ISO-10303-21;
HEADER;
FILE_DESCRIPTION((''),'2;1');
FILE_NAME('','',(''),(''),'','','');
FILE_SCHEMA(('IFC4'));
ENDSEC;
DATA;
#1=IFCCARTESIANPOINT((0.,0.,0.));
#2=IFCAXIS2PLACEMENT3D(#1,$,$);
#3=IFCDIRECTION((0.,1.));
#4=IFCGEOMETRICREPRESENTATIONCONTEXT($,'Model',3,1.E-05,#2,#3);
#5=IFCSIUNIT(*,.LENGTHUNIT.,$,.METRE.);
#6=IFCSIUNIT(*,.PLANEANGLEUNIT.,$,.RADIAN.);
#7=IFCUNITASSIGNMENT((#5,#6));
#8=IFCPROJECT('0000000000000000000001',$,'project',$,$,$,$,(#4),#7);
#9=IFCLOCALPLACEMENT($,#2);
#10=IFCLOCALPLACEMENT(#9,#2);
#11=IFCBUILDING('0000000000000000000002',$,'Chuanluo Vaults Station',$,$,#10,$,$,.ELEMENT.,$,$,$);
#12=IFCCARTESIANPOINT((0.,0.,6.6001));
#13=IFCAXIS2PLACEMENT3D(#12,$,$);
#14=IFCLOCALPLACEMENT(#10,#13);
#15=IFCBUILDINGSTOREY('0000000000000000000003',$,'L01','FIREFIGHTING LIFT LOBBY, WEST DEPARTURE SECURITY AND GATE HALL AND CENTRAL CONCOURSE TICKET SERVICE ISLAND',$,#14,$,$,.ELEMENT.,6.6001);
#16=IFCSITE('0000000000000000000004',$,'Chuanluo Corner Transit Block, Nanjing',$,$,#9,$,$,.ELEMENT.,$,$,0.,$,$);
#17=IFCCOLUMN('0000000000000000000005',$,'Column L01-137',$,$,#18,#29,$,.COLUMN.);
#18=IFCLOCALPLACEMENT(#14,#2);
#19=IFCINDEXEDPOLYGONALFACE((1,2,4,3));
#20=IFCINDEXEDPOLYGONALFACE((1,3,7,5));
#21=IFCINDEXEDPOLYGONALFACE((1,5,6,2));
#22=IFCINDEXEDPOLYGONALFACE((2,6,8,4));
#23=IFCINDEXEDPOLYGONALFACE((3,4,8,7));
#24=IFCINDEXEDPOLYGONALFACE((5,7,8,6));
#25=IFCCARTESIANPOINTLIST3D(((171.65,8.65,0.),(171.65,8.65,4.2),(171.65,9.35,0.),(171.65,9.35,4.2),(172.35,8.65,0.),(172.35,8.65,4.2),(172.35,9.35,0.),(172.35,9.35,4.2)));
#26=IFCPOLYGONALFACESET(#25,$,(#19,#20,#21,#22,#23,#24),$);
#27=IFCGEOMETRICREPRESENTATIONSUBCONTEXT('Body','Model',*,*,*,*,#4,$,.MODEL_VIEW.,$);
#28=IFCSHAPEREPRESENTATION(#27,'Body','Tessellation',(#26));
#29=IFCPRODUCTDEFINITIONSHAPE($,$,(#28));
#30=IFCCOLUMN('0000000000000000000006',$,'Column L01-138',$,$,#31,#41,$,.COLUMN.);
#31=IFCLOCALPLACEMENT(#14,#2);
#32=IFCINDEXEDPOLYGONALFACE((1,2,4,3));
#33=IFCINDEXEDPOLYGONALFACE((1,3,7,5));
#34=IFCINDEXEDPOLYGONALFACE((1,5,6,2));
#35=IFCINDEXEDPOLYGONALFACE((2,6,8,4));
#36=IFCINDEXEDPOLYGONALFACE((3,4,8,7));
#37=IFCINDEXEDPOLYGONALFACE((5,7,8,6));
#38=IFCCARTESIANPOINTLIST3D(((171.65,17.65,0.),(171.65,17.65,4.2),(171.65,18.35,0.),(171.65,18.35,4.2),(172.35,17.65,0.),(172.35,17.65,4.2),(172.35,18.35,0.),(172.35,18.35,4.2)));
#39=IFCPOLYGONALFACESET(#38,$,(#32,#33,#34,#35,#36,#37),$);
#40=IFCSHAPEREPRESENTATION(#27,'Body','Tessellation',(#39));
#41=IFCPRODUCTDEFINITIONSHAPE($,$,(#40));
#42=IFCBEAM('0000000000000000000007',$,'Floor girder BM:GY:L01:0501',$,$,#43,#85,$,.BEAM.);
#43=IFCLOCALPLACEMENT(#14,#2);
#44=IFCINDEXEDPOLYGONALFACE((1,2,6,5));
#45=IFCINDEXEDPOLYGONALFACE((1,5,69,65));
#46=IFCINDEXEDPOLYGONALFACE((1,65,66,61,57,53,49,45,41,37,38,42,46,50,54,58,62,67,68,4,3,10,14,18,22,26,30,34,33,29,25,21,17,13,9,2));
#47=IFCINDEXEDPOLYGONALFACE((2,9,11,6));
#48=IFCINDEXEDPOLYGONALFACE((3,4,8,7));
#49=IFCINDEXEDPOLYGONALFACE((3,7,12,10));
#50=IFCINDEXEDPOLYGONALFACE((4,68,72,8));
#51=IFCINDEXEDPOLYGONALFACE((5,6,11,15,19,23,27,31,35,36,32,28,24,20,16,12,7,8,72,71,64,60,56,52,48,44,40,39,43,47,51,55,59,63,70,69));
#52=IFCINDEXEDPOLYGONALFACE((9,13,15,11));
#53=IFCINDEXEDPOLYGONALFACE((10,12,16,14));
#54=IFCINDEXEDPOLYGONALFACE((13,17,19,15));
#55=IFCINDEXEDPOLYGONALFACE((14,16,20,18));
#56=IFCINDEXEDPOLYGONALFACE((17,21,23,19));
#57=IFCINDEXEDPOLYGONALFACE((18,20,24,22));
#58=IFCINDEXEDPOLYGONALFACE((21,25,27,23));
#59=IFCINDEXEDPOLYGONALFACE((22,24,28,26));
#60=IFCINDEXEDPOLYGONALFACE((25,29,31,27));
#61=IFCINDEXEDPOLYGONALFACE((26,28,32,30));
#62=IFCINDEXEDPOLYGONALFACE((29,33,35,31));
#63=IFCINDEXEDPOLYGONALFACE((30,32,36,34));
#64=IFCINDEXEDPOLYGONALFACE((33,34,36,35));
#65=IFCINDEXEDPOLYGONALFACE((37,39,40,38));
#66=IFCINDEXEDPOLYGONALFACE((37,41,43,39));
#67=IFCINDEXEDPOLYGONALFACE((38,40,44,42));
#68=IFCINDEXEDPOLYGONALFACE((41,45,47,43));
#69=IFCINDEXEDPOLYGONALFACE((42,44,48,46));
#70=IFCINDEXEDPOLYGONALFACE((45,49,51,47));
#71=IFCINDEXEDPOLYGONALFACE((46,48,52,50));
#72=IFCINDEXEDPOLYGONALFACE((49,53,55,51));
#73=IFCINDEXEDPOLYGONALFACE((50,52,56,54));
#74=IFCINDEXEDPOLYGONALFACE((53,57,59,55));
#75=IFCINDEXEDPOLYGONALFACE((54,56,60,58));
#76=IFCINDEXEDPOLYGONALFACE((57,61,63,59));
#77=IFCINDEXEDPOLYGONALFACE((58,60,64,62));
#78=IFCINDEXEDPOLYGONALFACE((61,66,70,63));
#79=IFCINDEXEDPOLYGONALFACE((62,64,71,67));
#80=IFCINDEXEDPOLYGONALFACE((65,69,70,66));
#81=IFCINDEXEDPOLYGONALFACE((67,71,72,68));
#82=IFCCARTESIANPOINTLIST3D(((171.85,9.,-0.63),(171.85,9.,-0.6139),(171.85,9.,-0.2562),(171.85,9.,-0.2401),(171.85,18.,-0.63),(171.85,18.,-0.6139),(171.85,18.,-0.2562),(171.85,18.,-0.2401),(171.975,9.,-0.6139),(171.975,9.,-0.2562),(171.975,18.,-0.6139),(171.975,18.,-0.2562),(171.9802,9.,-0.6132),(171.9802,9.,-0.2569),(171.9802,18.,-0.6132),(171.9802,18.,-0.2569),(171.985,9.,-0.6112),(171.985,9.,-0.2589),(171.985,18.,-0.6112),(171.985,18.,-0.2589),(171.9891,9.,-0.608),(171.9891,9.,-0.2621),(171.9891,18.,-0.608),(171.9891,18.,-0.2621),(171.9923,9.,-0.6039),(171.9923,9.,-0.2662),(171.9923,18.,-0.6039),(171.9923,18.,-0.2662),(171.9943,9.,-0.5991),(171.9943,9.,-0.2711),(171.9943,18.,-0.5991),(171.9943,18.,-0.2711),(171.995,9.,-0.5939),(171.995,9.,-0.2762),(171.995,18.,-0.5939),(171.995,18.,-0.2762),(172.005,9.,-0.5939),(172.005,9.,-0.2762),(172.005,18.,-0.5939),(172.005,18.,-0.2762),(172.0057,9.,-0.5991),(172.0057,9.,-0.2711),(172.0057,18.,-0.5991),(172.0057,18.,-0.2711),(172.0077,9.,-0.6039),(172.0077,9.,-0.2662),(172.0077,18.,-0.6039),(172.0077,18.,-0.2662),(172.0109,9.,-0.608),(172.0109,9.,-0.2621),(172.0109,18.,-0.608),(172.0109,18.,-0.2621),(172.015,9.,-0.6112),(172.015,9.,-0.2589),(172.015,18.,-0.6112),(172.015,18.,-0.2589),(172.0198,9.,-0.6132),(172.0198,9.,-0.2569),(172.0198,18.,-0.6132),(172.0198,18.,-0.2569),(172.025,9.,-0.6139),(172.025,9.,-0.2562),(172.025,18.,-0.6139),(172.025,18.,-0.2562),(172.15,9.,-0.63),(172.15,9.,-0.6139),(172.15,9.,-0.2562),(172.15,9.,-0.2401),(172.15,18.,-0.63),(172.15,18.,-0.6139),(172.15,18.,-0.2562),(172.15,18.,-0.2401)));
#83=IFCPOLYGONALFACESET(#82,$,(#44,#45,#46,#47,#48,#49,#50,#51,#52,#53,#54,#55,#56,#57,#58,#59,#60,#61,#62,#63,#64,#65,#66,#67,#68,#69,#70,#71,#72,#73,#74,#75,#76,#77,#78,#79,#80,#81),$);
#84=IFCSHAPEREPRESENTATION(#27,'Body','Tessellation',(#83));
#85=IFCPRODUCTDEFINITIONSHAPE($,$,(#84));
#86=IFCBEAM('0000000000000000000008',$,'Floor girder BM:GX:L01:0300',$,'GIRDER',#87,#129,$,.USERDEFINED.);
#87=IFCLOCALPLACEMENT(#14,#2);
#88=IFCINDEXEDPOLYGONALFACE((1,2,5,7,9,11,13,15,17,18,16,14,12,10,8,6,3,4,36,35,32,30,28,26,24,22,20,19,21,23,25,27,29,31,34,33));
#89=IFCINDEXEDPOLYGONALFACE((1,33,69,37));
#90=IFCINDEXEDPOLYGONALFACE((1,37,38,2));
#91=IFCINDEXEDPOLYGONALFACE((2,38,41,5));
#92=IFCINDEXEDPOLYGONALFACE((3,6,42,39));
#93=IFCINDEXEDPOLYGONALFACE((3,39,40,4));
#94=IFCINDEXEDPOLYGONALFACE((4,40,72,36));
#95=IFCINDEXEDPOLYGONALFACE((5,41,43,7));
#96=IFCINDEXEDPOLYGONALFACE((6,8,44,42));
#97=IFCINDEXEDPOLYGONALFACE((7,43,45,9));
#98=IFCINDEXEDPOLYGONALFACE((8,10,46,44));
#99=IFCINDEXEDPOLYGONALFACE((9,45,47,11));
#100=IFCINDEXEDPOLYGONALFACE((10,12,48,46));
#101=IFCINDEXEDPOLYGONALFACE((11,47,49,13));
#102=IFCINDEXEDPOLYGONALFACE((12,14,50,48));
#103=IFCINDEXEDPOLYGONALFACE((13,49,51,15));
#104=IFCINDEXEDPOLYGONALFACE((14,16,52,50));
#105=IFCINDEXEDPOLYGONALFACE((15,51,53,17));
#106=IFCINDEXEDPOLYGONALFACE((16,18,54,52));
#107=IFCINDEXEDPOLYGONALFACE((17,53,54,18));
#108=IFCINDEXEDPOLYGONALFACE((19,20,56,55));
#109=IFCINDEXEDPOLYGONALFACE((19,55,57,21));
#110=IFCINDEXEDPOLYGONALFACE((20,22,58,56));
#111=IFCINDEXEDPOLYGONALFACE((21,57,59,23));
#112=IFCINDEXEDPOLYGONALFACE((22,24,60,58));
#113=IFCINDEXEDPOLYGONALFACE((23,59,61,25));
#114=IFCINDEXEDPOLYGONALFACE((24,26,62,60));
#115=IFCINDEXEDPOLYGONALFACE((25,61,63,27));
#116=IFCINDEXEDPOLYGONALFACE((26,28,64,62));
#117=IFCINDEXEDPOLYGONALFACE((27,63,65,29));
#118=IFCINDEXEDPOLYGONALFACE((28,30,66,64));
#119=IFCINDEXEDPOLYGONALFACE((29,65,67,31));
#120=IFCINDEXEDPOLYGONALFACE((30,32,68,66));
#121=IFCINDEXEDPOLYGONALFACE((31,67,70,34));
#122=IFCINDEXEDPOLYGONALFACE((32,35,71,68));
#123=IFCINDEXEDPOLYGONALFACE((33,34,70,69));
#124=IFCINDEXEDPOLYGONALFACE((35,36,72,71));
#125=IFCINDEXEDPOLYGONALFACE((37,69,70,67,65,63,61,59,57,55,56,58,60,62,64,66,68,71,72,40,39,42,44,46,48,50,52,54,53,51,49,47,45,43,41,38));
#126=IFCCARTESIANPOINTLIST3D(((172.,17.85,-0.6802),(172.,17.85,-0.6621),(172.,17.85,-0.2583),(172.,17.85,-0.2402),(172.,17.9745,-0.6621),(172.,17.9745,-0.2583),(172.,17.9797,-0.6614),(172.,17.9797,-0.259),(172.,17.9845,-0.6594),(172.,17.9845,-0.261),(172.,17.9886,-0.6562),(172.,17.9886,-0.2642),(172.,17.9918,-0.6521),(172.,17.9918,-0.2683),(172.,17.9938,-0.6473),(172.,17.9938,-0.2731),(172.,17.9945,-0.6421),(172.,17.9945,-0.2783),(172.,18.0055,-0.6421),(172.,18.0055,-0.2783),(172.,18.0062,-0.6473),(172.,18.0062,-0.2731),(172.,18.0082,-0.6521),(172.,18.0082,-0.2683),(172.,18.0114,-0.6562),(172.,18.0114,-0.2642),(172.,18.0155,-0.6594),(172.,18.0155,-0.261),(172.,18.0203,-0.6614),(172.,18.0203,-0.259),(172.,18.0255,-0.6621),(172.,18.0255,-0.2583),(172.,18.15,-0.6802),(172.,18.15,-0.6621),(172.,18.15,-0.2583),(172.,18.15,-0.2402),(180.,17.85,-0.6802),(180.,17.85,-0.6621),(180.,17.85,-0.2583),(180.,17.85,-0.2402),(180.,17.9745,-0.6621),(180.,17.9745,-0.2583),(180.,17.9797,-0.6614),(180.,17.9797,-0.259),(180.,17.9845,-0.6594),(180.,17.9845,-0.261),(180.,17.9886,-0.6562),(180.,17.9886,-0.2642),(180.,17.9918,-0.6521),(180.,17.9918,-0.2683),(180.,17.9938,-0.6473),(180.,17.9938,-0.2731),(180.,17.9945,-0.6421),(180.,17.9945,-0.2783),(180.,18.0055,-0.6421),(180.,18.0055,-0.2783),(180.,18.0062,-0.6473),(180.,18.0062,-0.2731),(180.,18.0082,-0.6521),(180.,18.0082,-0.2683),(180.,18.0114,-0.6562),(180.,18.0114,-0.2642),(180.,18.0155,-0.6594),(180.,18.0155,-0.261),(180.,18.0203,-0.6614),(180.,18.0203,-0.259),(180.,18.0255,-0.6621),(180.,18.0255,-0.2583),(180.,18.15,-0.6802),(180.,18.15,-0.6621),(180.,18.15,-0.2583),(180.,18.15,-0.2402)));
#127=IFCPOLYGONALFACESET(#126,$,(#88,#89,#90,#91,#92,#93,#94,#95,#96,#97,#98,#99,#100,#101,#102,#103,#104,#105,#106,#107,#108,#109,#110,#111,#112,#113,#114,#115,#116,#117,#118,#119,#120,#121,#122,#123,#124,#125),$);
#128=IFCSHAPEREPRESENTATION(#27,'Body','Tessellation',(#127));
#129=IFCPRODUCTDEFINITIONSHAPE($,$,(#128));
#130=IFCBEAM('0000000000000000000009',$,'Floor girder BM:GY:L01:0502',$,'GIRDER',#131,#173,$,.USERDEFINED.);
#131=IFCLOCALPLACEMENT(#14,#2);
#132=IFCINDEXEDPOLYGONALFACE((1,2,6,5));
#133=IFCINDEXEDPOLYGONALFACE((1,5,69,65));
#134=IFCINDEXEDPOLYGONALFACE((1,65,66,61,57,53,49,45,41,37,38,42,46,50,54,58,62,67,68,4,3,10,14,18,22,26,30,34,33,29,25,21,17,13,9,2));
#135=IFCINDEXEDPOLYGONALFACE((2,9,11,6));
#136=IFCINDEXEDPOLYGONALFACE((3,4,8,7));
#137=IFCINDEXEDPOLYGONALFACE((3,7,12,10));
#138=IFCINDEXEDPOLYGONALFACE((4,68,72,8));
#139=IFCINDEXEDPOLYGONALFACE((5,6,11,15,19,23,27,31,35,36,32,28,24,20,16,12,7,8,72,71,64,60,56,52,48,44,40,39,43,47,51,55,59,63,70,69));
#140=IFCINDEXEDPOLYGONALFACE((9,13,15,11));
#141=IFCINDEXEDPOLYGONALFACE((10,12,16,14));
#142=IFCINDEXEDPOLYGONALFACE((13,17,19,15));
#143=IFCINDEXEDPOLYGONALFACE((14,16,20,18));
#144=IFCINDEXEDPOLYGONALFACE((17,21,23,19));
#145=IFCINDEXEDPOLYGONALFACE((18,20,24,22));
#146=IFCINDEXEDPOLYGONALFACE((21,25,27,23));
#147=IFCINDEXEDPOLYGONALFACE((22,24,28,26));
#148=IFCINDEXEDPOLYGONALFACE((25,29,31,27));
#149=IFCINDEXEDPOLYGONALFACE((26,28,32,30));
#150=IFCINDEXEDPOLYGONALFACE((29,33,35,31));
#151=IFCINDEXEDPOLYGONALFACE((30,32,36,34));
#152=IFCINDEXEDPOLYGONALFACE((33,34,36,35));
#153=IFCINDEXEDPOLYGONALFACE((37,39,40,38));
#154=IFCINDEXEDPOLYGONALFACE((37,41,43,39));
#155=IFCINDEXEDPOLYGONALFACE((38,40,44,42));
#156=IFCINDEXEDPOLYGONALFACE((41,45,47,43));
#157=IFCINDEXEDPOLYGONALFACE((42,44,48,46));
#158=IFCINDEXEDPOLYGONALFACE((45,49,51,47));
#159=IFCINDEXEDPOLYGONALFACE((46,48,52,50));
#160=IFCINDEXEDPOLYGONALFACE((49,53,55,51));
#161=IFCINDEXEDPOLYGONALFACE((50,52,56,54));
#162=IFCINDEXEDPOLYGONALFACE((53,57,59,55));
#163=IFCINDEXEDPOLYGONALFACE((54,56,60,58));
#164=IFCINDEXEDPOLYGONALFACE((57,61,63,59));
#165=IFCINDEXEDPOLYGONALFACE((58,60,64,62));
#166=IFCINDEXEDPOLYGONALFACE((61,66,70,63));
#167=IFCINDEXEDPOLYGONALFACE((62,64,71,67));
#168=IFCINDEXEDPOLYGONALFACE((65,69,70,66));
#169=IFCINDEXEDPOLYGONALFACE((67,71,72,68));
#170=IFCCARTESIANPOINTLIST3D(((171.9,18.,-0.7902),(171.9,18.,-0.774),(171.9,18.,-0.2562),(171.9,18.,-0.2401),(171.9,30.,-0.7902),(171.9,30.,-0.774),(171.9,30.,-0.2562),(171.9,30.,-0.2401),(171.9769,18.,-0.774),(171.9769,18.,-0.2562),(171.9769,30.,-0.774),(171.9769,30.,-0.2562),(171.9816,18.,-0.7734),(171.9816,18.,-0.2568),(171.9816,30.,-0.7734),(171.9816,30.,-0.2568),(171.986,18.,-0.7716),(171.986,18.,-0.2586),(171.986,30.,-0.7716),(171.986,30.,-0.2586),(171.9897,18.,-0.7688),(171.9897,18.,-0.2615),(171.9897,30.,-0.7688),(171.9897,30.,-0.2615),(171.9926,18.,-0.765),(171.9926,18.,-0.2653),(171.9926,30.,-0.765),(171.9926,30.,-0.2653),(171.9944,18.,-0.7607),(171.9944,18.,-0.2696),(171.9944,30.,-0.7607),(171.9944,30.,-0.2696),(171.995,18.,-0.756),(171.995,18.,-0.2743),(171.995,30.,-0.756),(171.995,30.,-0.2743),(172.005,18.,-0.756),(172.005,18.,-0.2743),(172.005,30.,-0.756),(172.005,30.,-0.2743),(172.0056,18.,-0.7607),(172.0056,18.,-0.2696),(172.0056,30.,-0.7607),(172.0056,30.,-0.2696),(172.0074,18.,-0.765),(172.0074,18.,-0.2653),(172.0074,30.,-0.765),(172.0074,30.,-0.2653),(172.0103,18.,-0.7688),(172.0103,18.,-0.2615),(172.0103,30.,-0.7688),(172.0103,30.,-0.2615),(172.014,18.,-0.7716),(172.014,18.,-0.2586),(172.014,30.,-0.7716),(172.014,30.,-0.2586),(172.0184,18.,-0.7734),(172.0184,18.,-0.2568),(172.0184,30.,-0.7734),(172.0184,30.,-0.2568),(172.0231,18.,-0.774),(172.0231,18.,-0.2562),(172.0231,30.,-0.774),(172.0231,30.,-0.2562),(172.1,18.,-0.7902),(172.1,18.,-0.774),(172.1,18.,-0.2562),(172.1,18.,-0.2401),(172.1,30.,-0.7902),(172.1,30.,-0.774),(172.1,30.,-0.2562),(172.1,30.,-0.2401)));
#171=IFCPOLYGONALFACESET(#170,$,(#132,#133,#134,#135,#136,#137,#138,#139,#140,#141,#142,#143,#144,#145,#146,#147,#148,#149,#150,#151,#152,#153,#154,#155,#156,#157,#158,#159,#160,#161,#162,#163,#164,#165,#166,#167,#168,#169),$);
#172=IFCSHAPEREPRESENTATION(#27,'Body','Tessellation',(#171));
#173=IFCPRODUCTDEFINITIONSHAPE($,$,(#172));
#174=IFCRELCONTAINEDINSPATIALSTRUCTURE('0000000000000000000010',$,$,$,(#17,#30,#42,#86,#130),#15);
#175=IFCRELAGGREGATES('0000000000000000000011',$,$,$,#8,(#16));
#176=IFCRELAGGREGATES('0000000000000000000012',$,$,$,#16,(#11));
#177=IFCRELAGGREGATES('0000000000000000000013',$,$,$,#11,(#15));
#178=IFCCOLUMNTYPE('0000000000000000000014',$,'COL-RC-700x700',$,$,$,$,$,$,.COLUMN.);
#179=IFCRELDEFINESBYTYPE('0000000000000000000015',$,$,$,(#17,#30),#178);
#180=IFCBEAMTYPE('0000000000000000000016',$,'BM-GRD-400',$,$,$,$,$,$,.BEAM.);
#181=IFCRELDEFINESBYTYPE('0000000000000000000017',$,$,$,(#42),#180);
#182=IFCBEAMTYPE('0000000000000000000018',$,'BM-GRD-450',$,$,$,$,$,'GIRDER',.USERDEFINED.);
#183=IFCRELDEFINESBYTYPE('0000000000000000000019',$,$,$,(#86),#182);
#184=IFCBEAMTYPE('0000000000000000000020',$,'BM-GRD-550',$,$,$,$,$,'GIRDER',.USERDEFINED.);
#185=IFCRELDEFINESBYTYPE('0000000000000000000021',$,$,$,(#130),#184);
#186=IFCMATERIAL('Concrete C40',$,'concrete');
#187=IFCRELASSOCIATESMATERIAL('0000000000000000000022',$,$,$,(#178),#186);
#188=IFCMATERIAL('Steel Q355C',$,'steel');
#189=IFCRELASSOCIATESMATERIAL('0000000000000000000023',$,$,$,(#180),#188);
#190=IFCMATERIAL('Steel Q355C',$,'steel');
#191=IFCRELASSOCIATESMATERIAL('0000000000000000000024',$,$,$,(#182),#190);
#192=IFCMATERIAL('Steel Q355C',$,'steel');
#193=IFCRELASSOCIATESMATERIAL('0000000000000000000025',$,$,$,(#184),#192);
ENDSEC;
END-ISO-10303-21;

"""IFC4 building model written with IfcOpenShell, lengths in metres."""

from ifc_helpers import new_model, si_unit, direction, frame, origin, origin_2d, place, context, subcontext, project, spatial, rectangle, i_section, extrude, material, material_profile, profile_set, type_object, element, save


model = new_model("IFC4")

# Units and contexts
model_context = context("Model", 3, precision=1e-05, world=origin(), true_north=direction((0.0, 1.0)))
body_context = subcontext(model_context, "Body", "Model", "MODEL_VIEW")
ifc_project = project(units=[si_unit("LENGTHUNIT", "METRE"), si_unit("PLANEANGLEUNIT", "RADIAN")], contexts=[model_context])

# Site, building, storey
site_placement = place(None, origin())
site = spatial("IfcSite", under=ifc_project, at=site_placement, Name="Chuanluo Corner Transit Block, Nanjing", CompositionType="ELEMENT", RefElevation=0.0)
building_placement = place(site_placement, origin())
building = spatial("IfcBuilding", under=site, at=building_placement, Name="Chuanluo Vaults Station", CompositionType="ELEMENT")
storey_placement = place(building_placement, frame((0.0, 0.0, 6.6001)))
storey = spatial("IfcBuildingStorey", under=building, at=storey_placement, Name="L01", Description="FIREFIGHTING LIFT LOBBY, WEST DEPARTURE SECURITY AND GATE HALL AND CENTRAL CONCOURSE TICKET SERVICE ISLAND", CompositionType="ELEMENT", Elevation=6.6001)

# Columns
ifc_material_1 = material(Name="Concrete C40", Category="concrete")
ifc_material_profile_1 = material_profile(ifc_material_1, rectangle(XDim=0.7, YDim=0.7, at=origin_2d()))
ifc_profile_set_1 = profile_set([ifc_material_profile_1], Name="Concrete C40")
column_type = type_object("IfcColumnType", Name="COL-RC-700x700", PredefinedType="COLUMN", material=ifc_profile_set_1)
for number, where, z_axis, x_axis, name in (
    (1, (172.0, 9.0, 0.0), (0.0, 0.0, 1.0), (1.0, 0.0, 0.0), "Column L01-137"),
    (2, (172.0, 18.0, 0.0), (0.0, 0.0, 1.0), (1.0, 0.0, 0.0), "Column L01-138"),
):
    element("IfcColumn", number, at=place(storey_placement, frame(where, z_axis=z_axis, x_axis=x_axis)), inside=storey, type_object=column_type, Name=name, PredefinedType="COLUMN", context=body_context, shape_type="SweptSolid", body=[
        extrude(rectangle(XDim=0.7, YDim=0.7, at=origin_2d()), origin(), (0.0, 0.0, 1.0), 4.2),
    ])

# Beams
ifc_material_2 = material(Name="Steel Q355C", Category="steel")
ifc_material_profile_2 = material_profile(ifc_material_2, i_section(OverallWidth=0.3, OverallDepth=0.3899, WebThickness=0.01, FlangeThickness=0.0161, FilletRadius=0.02, at=origin_2d()))
ifc_profile_set_2 = profile_set([ifc_material_profile_2], Name="Steel Q355C")
beam_type_1 = type_object("IfcBeamType", Name="BM-GRD-400", PredefinedType="BEAM", material=ifc_profile_set_2)
beam_1_placement = place(storey_placement, frame((172.0, 9.0, -0.4351), z_axis=(0.0, 1.0, 0.0), x_axis=(-1.0, 0.0, 0.0)))
element("IfcBeam", 3, at=beam_1_placement, inside=storey, type_object=beam_type_1, Name="Floor girder BM:GY:L01:0501", PredefinedType="BEAM", context=body_context, shape_type="SweptSolid", body=[
    extrude(i_section(OverallWidth=0.3, OverallDepth=0.3899, WebThickness=0.01, FlangeThickness=0.0161, FilletRadius=0.02, at=origin_2d()), origin(), (0.0, 0.0, 1.0), 9.0),
])
ifc_material_3 = material(Name="Steel Q355C", Category="steel")
ifc_material_profile_3 = material_profile(ifc_material_3, i_section(OverallWidth=0.3, OverallDepth=0.4399, WebThickness=0.011, FlangeThickness=0.0181, FilletRadius=0.02, at=origin_2d()))
ifc_profile_set_3 = profile_set([ifc_material_profile_3], Name="Steel Q355C")
beam_type_2 = type_object("IfcBeamType", Name="BM-GRD-450", ElementType="GIRDER", PredefinedType="USERDEFINED", material=ifc_profile_set_3)
beam_2_placement = place(storey_placement, frame((172.0, 18.0, -0.4602), z_axis=(1.0, 0.0, 0.0), x_axis=(0.0, 1.0, 0.0)))
element("IfcBeam", 4, at=beam_2_placement, inside=storey, type_object=beam_type_2, Name="Floor girder BM:GX:L01:0300", ObjectType="GIRDER", PredefinedType="USERDEFINED", context=body_context, shape_type="SweptSolid", body=[
    extrude(i_section(OverallWidth=0.3, OverallDepth=0.4399, WebThickness=0.011, FlangeThickness=0.0181, FilletRadius=0.02, at=origin_2d()), origin(), (0.0, 0.0, 1.0), 8.0),
])
ifc_material_4 = material(Name="Steel Q355C", Category="steel")
ifc_material_profile_4 = material_profile(ifc_material_4, i_section(OverallWidth=0.2, OverallDepth=0.55, WebThickness=0.01, FlangeThickness=0.0161, FilletRadius=0.0181, at=origin_2d()))
ifc_profile_set_4 = profile_set([ifc_material_profile_4], Name="Steel Q355C")
beam_type_3 = type_object("IfcBeamType", Name="BM-GRD-550", ElementType="GIRDER", PredefinedType="USERDEFINED", material=ifc_profile_set_4)
beam_3_placement = place(storey_placement, frame((172.0, 18.0, -0.5151), z_axis=(0.0, 1.0, 0.0), x_axis=(-1.0, 0.0, 0.0)))
element("IfcBeam", 5, at=beam_3_placement, inside=storey, type_object=beam_type_3, Name="Floor girder BM:GY:L01:0502", ObjectType="GIRDER", PredefinedType="USERDEFINED", context=body_context, shape_type="SweptSolid", body=[
    extrude(i_section(OverallWidth=0.2, OverallDepth=0.55, WebThickness=0.01, FlangeThickness=0.0161, FilletRadius=0.0181, at=origin_2d()), origin(), (0.0, 0.0, 1.0), 12.0),
])

save(model, "model.ifc")
